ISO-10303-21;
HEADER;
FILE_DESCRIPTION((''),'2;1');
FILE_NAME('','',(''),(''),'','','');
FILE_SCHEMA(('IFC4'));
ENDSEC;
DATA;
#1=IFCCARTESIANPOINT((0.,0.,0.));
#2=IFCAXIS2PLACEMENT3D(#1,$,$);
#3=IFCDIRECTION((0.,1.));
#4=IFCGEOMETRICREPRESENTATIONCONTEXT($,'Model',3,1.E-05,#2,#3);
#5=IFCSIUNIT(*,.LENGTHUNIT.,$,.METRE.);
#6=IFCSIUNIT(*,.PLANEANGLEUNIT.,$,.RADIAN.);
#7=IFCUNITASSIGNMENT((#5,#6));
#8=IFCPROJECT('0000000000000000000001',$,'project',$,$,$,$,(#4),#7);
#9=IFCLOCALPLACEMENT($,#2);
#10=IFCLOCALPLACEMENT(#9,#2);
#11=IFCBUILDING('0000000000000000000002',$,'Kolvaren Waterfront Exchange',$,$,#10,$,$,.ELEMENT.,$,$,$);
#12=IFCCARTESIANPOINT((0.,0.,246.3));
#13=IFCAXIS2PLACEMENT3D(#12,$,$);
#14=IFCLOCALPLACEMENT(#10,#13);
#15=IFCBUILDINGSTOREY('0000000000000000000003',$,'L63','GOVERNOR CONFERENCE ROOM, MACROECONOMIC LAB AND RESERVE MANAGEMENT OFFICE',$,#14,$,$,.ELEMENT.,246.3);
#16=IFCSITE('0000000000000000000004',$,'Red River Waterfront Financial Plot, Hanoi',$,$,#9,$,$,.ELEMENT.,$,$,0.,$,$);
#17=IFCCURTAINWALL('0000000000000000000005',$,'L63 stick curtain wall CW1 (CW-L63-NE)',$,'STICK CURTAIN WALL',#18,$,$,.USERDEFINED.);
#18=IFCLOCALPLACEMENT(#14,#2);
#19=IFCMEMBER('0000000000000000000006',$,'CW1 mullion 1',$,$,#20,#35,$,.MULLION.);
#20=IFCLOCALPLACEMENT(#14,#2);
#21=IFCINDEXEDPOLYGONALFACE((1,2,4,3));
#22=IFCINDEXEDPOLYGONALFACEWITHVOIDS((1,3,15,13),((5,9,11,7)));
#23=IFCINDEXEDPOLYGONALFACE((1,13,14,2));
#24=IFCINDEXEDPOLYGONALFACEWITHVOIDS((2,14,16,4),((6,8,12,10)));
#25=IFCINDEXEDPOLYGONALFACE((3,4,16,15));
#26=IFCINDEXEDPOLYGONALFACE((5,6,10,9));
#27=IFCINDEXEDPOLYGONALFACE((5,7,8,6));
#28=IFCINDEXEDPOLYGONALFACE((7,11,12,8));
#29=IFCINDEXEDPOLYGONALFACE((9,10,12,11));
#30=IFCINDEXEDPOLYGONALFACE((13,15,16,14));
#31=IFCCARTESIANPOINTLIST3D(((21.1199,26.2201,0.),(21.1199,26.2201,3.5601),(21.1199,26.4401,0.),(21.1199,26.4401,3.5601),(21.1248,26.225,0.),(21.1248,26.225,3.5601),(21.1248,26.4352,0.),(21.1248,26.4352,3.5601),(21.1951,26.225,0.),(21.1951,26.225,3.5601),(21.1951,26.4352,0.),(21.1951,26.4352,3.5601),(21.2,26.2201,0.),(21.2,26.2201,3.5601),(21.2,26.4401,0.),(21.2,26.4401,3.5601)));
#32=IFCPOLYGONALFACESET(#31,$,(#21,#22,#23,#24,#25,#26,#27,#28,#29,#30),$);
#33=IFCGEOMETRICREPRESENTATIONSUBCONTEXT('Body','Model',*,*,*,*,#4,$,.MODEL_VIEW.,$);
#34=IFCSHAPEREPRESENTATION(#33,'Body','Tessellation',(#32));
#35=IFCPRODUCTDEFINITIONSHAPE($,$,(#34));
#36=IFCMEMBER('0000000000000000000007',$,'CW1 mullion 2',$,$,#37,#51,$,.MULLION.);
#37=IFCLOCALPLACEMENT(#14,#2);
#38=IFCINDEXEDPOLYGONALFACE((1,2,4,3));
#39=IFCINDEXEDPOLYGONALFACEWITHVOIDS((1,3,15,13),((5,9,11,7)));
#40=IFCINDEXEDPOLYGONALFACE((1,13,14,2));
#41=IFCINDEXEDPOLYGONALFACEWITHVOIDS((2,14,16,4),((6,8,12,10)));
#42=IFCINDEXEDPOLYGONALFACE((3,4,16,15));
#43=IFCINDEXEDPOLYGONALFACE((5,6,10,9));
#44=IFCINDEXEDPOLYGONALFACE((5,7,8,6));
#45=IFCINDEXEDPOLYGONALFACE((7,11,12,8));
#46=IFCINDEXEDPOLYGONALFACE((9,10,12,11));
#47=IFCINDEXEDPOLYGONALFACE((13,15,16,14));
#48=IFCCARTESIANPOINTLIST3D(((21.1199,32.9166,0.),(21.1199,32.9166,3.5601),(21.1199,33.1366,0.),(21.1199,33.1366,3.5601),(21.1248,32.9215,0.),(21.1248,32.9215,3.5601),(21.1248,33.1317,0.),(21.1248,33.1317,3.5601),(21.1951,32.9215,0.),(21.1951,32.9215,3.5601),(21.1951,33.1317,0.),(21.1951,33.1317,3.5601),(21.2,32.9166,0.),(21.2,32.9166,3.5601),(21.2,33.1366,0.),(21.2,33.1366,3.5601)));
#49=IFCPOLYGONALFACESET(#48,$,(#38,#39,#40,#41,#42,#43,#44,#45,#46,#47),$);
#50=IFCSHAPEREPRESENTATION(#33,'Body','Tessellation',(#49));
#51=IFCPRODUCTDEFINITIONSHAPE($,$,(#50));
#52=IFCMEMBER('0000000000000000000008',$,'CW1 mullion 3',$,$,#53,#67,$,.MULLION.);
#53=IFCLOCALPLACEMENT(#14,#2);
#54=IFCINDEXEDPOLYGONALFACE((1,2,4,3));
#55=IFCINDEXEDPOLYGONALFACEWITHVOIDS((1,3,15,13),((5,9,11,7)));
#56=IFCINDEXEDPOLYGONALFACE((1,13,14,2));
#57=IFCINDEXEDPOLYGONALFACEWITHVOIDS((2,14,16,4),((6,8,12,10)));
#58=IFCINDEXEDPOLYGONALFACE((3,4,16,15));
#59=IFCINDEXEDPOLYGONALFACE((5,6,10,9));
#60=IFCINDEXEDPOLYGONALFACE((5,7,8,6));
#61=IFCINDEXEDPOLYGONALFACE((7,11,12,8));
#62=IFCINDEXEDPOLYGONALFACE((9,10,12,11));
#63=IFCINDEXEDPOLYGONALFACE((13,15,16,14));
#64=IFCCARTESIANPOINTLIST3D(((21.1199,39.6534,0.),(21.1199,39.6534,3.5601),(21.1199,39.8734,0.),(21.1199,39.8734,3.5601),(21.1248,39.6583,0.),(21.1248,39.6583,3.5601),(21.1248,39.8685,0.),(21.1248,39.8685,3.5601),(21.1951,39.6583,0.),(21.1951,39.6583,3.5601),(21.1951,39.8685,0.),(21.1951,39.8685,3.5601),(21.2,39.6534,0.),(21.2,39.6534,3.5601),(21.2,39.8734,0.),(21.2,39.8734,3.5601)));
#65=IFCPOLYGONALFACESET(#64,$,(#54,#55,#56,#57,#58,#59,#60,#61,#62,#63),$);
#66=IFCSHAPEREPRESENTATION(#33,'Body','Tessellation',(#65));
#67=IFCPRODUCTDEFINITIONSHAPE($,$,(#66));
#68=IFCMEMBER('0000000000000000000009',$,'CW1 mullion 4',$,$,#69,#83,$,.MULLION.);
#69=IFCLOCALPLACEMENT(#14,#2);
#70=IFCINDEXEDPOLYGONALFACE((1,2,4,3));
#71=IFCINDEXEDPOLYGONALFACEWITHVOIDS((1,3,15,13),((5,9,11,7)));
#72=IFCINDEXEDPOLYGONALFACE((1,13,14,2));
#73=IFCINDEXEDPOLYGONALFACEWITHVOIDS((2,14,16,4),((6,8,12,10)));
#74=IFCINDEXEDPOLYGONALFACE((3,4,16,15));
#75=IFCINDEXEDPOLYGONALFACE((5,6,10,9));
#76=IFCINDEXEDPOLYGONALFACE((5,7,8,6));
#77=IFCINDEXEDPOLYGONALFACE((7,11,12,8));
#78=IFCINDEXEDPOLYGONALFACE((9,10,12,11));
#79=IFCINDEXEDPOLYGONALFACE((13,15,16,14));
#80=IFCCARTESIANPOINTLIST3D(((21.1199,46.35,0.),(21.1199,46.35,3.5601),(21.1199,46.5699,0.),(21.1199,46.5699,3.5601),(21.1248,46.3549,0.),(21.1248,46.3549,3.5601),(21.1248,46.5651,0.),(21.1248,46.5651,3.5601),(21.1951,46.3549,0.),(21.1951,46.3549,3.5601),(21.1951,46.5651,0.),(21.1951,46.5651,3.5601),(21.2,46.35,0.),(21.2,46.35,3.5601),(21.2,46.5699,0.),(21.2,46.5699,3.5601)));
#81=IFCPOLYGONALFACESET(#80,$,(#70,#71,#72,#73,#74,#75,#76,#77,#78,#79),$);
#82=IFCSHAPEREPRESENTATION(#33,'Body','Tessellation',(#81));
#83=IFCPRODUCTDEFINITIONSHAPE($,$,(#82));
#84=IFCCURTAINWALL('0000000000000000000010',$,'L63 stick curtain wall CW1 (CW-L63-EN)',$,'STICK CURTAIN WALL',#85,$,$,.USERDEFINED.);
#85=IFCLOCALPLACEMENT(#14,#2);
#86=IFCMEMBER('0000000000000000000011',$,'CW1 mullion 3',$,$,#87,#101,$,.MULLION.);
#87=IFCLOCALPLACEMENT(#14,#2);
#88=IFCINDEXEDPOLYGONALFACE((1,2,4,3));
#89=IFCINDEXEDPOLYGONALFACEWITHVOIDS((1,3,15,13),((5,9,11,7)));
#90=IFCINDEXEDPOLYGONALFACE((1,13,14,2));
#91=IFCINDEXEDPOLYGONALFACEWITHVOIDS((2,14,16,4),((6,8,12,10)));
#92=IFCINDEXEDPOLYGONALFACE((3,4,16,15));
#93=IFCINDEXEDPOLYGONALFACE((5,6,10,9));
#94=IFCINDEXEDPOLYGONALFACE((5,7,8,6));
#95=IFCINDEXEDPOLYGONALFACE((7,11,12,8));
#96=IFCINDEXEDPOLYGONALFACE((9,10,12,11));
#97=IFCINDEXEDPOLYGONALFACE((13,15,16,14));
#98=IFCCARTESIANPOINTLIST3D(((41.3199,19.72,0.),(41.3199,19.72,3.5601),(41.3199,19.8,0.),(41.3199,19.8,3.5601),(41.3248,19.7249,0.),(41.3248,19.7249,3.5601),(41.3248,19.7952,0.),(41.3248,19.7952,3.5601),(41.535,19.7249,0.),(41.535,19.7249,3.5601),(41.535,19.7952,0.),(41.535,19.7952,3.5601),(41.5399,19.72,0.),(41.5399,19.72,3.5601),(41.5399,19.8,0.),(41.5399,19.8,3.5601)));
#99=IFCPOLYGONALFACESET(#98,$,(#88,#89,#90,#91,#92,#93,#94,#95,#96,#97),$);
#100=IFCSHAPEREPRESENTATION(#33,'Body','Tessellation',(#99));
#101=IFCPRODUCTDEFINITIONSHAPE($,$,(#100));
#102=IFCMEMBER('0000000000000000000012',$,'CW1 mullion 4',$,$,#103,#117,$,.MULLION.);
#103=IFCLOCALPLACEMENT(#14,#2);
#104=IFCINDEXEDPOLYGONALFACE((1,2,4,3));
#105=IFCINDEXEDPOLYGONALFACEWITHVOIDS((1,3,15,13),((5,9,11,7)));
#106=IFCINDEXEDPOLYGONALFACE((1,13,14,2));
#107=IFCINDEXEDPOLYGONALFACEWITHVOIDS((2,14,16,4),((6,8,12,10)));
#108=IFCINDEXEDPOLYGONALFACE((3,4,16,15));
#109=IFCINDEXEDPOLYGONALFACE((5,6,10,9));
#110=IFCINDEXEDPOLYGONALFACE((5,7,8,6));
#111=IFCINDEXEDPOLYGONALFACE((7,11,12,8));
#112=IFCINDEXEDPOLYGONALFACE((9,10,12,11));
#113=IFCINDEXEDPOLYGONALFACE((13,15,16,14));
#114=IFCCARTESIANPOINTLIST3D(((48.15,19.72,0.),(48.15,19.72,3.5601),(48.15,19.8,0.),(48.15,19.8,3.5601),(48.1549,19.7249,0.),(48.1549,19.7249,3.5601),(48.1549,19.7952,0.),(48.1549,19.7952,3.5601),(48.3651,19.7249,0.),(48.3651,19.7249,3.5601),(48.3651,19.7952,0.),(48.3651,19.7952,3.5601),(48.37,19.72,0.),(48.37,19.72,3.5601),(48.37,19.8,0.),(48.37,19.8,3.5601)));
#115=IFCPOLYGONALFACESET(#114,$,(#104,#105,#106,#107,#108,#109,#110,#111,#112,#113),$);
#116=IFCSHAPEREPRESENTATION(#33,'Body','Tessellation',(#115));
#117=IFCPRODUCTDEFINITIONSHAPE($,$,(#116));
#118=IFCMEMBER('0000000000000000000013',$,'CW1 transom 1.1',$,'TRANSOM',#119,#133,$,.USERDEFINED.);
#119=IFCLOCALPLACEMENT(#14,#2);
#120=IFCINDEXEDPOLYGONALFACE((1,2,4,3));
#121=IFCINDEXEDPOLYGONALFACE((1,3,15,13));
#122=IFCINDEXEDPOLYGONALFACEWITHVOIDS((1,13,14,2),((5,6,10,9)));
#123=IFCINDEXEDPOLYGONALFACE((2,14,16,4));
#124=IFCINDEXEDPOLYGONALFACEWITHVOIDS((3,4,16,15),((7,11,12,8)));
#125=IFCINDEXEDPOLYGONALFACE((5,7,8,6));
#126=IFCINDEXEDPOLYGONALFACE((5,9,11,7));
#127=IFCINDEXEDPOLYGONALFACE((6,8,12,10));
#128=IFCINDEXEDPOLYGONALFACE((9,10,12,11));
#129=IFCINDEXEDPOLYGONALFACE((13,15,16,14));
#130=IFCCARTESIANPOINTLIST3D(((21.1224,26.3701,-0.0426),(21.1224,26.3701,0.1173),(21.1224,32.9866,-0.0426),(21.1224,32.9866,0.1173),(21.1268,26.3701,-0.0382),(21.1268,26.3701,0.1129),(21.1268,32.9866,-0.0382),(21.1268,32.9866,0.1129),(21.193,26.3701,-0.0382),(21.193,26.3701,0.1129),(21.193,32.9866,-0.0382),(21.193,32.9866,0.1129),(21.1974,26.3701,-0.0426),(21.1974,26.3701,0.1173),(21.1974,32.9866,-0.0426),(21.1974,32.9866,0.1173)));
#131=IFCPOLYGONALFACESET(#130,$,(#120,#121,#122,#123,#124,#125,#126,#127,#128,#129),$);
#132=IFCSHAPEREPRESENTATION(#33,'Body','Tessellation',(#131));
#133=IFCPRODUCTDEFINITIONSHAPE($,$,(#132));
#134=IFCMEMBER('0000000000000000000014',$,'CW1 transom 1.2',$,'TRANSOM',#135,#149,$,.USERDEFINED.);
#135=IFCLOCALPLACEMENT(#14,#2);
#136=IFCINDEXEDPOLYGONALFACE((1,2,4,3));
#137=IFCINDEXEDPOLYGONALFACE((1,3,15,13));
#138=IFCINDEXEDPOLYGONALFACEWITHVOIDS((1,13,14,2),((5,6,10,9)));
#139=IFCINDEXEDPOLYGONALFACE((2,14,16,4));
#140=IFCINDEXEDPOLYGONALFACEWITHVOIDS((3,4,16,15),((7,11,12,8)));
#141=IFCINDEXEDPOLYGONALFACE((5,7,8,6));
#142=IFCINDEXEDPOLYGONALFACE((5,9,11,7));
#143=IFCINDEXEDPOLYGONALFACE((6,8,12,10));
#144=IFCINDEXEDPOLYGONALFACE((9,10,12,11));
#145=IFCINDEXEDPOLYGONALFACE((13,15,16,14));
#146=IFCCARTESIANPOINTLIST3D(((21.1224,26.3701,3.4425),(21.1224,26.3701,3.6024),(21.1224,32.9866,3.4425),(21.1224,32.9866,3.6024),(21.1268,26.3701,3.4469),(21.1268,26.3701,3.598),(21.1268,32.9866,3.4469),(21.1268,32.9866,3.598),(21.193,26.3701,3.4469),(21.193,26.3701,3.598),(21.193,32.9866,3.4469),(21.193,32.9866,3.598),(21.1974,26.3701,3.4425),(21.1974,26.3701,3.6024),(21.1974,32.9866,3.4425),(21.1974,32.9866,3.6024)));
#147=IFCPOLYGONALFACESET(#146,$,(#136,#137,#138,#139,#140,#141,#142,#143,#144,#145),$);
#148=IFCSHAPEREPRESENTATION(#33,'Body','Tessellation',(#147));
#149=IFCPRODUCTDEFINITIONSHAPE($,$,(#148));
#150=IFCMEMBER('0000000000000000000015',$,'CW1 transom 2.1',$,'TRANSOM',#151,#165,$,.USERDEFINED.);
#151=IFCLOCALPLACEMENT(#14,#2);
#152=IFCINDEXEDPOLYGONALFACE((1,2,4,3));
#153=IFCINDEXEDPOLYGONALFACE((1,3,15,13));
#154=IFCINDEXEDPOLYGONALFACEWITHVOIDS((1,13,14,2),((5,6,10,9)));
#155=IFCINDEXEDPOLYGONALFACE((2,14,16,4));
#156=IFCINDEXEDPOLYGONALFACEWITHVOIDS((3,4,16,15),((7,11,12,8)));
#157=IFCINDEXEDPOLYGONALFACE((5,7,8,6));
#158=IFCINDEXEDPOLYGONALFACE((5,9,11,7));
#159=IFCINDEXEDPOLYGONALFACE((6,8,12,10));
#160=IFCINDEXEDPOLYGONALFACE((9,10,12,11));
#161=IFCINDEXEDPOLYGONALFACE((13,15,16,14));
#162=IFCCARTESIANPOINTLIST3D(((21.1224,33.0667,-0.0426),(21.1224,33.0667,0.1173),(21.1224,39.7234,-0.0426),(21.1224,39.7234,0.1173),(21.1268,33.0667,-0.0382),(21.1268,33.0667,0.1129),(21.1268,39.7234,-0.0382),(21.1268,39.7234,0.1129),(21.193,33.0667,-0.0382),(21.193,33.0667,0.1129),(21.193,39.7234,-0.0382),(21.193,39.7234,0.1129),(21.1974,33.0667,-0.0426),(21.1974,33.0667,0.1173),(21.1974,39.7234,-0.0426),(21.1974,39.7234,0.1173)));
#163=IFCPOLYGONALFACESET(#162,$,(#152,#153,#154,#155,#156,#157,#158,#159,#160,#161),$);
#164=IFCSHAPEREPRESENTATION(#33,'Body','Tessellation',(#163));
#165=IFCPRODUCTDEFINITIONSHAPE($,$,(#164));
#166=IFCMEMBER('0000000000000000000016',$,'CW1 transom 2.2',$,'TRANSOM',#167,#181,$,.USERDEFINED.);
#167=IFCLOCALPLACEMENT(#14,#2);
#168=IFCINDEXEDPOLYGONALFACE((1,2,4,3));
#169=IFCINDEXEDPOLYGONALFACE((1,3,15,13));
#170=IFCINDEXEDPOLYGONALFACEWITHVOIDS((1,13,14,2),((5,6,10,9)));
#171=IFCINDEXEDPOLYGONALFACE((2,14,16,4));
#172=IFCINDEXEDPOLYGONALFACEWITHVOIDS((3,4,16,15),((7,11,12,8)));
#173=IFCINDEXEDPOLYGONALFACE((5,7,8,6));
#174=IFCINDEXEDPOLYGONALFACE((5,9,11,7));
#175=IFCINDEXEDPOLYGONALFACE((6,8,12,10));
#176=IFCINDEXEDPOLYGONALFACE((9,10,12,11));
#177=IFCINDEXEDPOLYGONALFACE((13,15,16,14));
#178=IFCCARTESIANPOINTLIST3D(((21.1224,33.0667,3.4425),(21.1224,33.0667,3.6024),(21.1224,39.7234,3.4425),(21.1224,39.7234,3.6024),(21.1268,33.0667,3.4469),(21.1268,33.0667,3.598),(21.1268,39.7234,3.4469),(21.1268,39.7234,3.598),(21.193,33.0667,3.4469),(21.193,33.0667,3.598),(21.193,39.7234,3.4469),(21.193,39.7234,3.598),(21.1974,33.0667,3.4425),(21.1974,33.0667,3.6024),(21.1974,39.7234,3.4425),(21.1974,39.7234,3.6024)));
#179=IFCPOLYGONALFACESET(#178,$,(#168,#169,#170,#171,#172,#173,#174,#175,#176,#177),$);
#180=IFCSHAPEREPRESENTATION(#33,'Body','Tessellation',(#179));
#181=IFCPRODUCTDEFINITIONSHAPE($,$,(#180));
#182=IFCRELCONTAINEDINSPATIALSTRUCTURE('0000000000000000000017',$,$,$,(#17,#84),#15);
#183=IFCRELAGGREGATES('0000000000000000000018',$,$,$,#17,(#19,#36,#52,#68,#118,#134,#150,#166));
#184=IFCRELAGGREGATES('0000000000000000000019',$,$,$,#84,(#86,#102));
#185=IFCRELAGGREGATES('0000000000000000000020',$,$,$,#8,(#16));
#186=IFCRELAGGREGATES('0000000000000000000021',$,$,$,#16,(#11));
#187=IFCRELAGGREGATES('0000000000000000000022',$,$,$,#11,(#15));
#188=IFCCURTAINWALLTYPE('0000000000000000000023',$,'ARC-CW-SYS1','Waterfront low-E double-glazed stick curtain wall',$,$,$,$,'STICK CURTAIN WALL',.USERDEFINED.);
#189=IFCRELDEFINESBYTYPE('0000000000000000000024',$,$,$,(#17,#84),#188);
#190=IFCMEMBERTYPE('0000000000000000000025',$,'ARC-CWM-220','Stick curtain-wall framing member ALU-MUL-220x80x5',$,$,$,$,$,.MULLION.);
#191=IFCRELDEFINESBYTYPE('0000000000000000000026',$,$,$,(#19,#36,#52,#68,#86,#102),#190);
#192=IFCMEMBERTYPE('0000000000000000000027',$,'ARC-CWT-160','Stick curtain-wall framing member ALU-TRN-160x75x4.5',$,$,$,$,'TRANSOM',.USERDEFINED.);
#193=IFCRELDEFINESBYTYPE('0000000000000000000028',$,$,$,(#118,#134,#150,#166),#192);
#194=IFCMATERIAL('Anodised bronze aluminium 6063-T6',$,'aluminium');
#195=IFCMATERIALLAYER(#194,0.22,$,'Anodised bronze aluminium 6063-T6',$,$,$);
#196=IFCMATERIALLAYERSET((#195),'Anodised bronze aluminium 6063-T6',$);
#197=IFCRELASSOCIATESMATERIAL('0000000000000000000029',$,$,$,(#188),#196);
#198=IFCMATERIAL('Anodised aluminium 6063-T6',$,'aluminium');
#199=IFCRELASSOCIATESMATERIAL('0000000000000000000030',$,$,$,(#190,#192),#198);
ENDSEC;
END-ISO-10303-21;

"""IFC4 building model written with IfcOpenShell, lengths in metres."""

from ifc_helpers import new_model, si_unit, direction, frame, origin, origin_with_axes, origin_2d, place, context, subcontext, project, spatial, hollow_rectangle, extrude, source, transform, mapped, material, layer, layer_set, material_profile, profile_set, type_object, element, aggregate, save


model = new_model("IFC4")

# Units and contexts
model_context = context("Model", 3, precision=1e-05, world=origin(), true_north=direction((0.0, 1.0)))
body_context = subcontext(model_context, "Body", "Model", "MODEL_VIEW")
ifc_project = project(units=[si_unit("LENGTHUNIT", "METRE"), si_unit("PLANEANGLEUNIT", "RADIAN")], contexts=[model_context])

# Site, building, storey
site_placement = place(None, origin())
site = spatial("IfcSite", under=ifc_project, at=site_placement, Name="Red River Waterfront Financial Plot, Hanoi", CompositionType="ELEMENT", RefElevation=0.0)
building_placement = place(site_placement, origin())
building = spatial("IfcBuilding", under=site, at=building_placement, Name="Kolvaren Waterfront Exchange", CompositionType="ELEMENT")
storey_placement = place(building_placement, frame((0.0, 0.0, 246.3)))
storey = spatial("IfcBuildingStorey", under=building, at=storey_placement, Name="L63", Description="GOVERNOR CONFERENCE ROOM, MACROECONOMIC LAB AND RESERVE MANAGEMENT OFFICE", CompositionType="ELEMENT", Elevation=246.3)

# Curtain walls, members
ifc_material_1 = material(Name="Anodised bronze aluminium 6063-T6", Category="aluminium")
ifc_layer_1 = layer(ifc_material_1, 0.22, Name="Anodised bronze aluminium 6063-T6")
ifc_layer_set_1 = layer_set([ifc_layer_1], Name="Anodised bronze aluminium 6063-T6")
curtain_wall_type = type_object("IfcCurtainWallType", Name="ARC-CW-SYS1", Description="Waterfront low-E double-glazed stick curtain wall", ElementType="STICK CURTAIN WALL", PredefinedType="USERDEFINED", material=ifc_layer_set_1)
curtain_wall_1_placement = place(storey_placement, origin())
curtain_wall_1 = element("IfcCurtainWall", 1, at=curtain_wall_1_placement, inside=storey, type_object=curtain_wall_type, Name="L63 stick curtain wall CW1 (CW-L63-NE)", ObjectType="STICK CURTAIN WALL", PredefinedType="USERDEFINED")
ifc_material_2 = material(Name="Anodised aluminium 6063-T6", Category="aluminium")
ifc_material_profile_1 = material_profile(ifc_material_2, hollow_rectangle(XDim=0.0801, YDim=0.22, WallThickness=0.0049, at=origin_2d()), Name="ALU-MUL-220x80x5")
ifc_profile_set_1 = profile_set([ifc_material_profile_1], Name="Anodised aluminium 6063-T6")
member_type_1 = type_object("IfcMemberType", Name="ARC-CWM-220", Description="Stick curtain-wall framing member ALU-MUL-220x80x5", PredefinedType="MULLION", material=ifc_profile_set_1)
shared_shape_1 = source(origin_with_axes(), body_context, "Body", "SweptSolid", [
    extrude(hollow_rectangle(XDim=0.0801, YDim=0.22, WallThickness=0.0049, at=origin_2d()), origin(), (0.0, 0.0, 1.0), 3.5601),
])
member_1_placement = place(storey_placement, frame((21.1599, 26.3301, 0.0), z_axis=(0.0, 0.0, 1.0), x_axis=(-1.0, 0.0, 0.0)))
member_1 = element("IfcMember", 2, at=member_1_placement, type_object=member_type_1, Name="CW1 mullion 1", PredefinedType="MULLION", context=body_context, shape_type="MappedRepresentation", body=[
    mapped(shared_shape_1, transform((0.0, 0.0, 0.0), x_axis=(1.0, 0.0, 0.0), y_axis=(0.0, 1.0, 0.0), z_axis=(0.0, 0.0, 1.0), scale=1.0)),
])
member_2_placement = place(storey_placement, frame((21.1599, 33.0266, 0.0), z_axis=(0.0, 0.0, 1.0), x_axis=(-1.0, 0.0, 0.0)))
member_2 = element("IfcMember", 3, at=member_2_placement, type_object=member_type_1, Name="CW1 mullion 2", PredefinedType="MULLION", context=body_context, shape_type="MappedRepresentation", body=[
    mapped(shared_shape_1, transform((0.0, 0.0, 0.0), x_axis=(1.0, 0.0, 0.0), y_axis=(0.0, 1.0, 0.0), z_axis=(0.0, 0.0, 1.0), scale=1.0)),
])
member_3_placement = place(storey_placement, frame((21.1599, 39.7634, 0.0), z_axis=(0.0, 0.0, 1.0), x_axis=(-1.0, 0.0, 0.0)))
member_3 = element("IfcMember", 4, at=member_3_placement, type_object=member_type_1, Name="CW1 mullion 3", PredefinedType="MULLION", context=body_context, shape_type="MappedRepresentation", body=[
    mapped(shared_shape_1, transform((0.0, 0.0, 0.0), x_axis=(1.0, 0.0, 0.0), y_axis=(0.0, 1.0, 0.0), z_axis=(0.0, 0.0, 1.0), scale=1.0)),
])
member_4_placement = place(storey_placement, frame((21.1599, 46.46, 0.0), z_axis=(0.0, 0.0, 1.0), x_axis=(-1.0, 0.0, 0.0)))
member_4 = element("IfcMember", 5, at=member_4_placement, type_object=member_type_1, Name="CW1 mullion 4", PredefinedType="MULLION", context=body_context, shape_type="MappedRepresentation", body=[
    mapped(shared_shape_1, transform((0.0, 0.0, 0.0), x_axis=(1.0, 0.0, 0.0), y_axis=(0.0, 1.0, 0.0), z_axis=(0.0, 0.0, 1.0), scale=1.0)),
])
curtain_wall_2_placement = place(storey_placement, origin())
curtain_wall_2 = element("IfcCurtainWall", 6, at=curtain_wall_2_placement, inside=storey, type_object=curtain_wall_type, Name="L63 stick curtain wall CW1 (CW-L63-EN)", ObjectType="STICK CURTAIN WALL", PredefinedType="USERDEFINED")
member_5_placement = place(storey_placement, frame((41.4299, 19.76, 0.0), z_axis=(0.0, 0.0, 1.0), x_axis=(0.0, 1.0, 0.0)))
member_5 = element("IfcMember", 7, at=member_5_placement, type_object=member_type_1, Name="CW1 mullion 3", PredefinedType="MULLION", context=body_context, shape_type="MappedRepresentation", body=[
    mapped(shared_shape_1, transform((0.0, 0.0, 0.0), x_axis=(1.0, 0.0, 0.0), y_axis=(0.0, 1.0, 0.0), z_axis=(0.0, 0.0, 1.0), scale=1.0)),
])
member_6_placement = place(storey_placement, frame((48.26, 19.76, 0.0), z_axis=(0.0, 0.0, 1.0), x_axis=(0.0, 1.0, 0.0)))
member_6 = element("IfcMember", 8, at=member_6_placement, type_object=member_type_1, Name="CW1 mullion 4", PredefinedType="MULLION", context=body_context, shape_type="MappedRepresentation", body=[
    mapped(shared_shape_1, transform((0.0, 0.0, 0.0), x_axis=(1.0, 0.0, 0.0), y_axis=(0.0, 1.0, 0.0), z_axis=(0.0, 0.0, 1.0), scale=1.0)),
])

# Members
ifc_material_profile_2 = material_profile(ifc_material_2, hollow_rectangle(XDim=0.075, YDim=0.1599, WallThickness=0.0044, at=origin_2d()), Name="ALU-TRN-160x75x4.5")
ifc_profile_set_2 = profile_set([ifc_material_profile_2], Name="Anodised aluminium 6063-T6")
member_type_2 = type_object("IfcMemberType", Name="ARC-CWT-160", Description="Stick curtain-wall framing member ALU-TRN-160x75x4.5", ElementType="TRANSOM", PredefinedType="USERDEFINED", material=ifc_profile_set_2)
shared_shape_2 = source(origin_with_axes(), body_context, "Body", "SweptSolid", [
    extrude(hollow_rectangle(XDim=0.075, YDim=0.1599, WallThickness=0.0044, at=origin_2d()), origin(), (0.0, 0.0, 1.0), 6.6165),
])
member_7_placement = place(storey_placement, frame((21.1599, 26.3701, 0.0374), z_axis=(0.0, 1.0, 0.0), x_axis=(-1.0, 0.0, 0.0)))
member_7 = element("IfcMember", 9, at=member_7_placement, type_object=member_type_2, Name="CW1 transom 1.1", ObjectType="TRANSOM", PredefinedType="USERDEFINED", context=body_context, shape_type="MappedRepresentation", body=[
    mapped(shared_shape_2, transform((0.0, 0.0, 0.0), x_axis=(1.0, 0.0, 0.0), y_axis=(0.0, 1.0, 0.0), z_axis=(0.0, 0.0, 1.0), scale=1.0)),
])
member_8_placement = place(storey_placement, frame((21.1599, 26.3701, 3.5225), z_axis=(0.0, 1.0, 0.0), x_axis=(-1.0, 0.0, 0.0)))
member_8 = element("IfcMember", 10, at=member_8_placement, type_object=member_type_2, Name="CW1 transom 1.2", ObjectType="TRANSOM", PredefinedType="USERDEFINED", context=body_context, shape_type="MappedRepresentation", body=[
    mapped(shared_shape_2, transform((0.0, 0.0, 0.0), x_axis=(1.0, 0.0, 0.0), y_axis=(0.0, 1.0, 0.0), z_axis=(0.0, 0.0, 1.0), scale=1.0)),
])
shared_shape_3 = source(origin_with_axes(), body_context, "Body", "SweptSolid", [
    extrude(hollow_rectangle(XDim=0.075, YDim=0.1599, WallThickness=0.0044, at=origin_2d()), origin(), (0.0, 0.0, 1.0), 6.6567),
])
member_9_placement = place(storey_placement, frame((21.1599, 33.0667, 0.0374), z_axis=(0.0, 1.0, 0.0), x_axis=(-1.0, 0.0, 0.0)))
member_9 = element("IfcMember", 11, at=member_9_placement, type_object=member_type_2, Name="CW1 transom 2.1", ObjectType="TRANSOM", PredefinedType="USERDEFINED", context=body_context, shape_type="MappedRepresentation", body=[
    mapped(shared_shape_3, transform((0.0, 0.0, 0.0), x_axis=(1.0, 0.0, 0.0), y_axis=(0.0, 1.0, 0.0), z_axis=(0.0, 0.0, 1.0), scale=1.0)),
])
member_10_placement = place(storey_placement, frame((21.1599, 33.0667, 3.5225), z_axis=(0.0, 1.0, 0.0), x_axis=(-1.0, 0.0, 0.0)))
member_10 = element("IfcMember", 12, at=member_10_placement, type_object=member_type_2, Name="CW1 transom 2.2", ObjectType="TRANSOM", PredefinedType="USERDEFINED", context=body_context, shape_type="MappedRepresentation", body=[
    mapped(shared_shape_3, transform((0.0, 0.0, 0.0), x_axis=(1.0, 0.0, 0.0), y_axis=(0.0, 1.0, 0.0), z_axis=(0.0, 0.0, 1.0), scale=1.0)),
])

aggregate(curtain_wall_1, [member_1, member_2, member_3, member_4, member_7, member_8, member_9, member_10])
aggregate(curtain_wall_2, [member_5, member_6])

save(model, "model.ifc")
